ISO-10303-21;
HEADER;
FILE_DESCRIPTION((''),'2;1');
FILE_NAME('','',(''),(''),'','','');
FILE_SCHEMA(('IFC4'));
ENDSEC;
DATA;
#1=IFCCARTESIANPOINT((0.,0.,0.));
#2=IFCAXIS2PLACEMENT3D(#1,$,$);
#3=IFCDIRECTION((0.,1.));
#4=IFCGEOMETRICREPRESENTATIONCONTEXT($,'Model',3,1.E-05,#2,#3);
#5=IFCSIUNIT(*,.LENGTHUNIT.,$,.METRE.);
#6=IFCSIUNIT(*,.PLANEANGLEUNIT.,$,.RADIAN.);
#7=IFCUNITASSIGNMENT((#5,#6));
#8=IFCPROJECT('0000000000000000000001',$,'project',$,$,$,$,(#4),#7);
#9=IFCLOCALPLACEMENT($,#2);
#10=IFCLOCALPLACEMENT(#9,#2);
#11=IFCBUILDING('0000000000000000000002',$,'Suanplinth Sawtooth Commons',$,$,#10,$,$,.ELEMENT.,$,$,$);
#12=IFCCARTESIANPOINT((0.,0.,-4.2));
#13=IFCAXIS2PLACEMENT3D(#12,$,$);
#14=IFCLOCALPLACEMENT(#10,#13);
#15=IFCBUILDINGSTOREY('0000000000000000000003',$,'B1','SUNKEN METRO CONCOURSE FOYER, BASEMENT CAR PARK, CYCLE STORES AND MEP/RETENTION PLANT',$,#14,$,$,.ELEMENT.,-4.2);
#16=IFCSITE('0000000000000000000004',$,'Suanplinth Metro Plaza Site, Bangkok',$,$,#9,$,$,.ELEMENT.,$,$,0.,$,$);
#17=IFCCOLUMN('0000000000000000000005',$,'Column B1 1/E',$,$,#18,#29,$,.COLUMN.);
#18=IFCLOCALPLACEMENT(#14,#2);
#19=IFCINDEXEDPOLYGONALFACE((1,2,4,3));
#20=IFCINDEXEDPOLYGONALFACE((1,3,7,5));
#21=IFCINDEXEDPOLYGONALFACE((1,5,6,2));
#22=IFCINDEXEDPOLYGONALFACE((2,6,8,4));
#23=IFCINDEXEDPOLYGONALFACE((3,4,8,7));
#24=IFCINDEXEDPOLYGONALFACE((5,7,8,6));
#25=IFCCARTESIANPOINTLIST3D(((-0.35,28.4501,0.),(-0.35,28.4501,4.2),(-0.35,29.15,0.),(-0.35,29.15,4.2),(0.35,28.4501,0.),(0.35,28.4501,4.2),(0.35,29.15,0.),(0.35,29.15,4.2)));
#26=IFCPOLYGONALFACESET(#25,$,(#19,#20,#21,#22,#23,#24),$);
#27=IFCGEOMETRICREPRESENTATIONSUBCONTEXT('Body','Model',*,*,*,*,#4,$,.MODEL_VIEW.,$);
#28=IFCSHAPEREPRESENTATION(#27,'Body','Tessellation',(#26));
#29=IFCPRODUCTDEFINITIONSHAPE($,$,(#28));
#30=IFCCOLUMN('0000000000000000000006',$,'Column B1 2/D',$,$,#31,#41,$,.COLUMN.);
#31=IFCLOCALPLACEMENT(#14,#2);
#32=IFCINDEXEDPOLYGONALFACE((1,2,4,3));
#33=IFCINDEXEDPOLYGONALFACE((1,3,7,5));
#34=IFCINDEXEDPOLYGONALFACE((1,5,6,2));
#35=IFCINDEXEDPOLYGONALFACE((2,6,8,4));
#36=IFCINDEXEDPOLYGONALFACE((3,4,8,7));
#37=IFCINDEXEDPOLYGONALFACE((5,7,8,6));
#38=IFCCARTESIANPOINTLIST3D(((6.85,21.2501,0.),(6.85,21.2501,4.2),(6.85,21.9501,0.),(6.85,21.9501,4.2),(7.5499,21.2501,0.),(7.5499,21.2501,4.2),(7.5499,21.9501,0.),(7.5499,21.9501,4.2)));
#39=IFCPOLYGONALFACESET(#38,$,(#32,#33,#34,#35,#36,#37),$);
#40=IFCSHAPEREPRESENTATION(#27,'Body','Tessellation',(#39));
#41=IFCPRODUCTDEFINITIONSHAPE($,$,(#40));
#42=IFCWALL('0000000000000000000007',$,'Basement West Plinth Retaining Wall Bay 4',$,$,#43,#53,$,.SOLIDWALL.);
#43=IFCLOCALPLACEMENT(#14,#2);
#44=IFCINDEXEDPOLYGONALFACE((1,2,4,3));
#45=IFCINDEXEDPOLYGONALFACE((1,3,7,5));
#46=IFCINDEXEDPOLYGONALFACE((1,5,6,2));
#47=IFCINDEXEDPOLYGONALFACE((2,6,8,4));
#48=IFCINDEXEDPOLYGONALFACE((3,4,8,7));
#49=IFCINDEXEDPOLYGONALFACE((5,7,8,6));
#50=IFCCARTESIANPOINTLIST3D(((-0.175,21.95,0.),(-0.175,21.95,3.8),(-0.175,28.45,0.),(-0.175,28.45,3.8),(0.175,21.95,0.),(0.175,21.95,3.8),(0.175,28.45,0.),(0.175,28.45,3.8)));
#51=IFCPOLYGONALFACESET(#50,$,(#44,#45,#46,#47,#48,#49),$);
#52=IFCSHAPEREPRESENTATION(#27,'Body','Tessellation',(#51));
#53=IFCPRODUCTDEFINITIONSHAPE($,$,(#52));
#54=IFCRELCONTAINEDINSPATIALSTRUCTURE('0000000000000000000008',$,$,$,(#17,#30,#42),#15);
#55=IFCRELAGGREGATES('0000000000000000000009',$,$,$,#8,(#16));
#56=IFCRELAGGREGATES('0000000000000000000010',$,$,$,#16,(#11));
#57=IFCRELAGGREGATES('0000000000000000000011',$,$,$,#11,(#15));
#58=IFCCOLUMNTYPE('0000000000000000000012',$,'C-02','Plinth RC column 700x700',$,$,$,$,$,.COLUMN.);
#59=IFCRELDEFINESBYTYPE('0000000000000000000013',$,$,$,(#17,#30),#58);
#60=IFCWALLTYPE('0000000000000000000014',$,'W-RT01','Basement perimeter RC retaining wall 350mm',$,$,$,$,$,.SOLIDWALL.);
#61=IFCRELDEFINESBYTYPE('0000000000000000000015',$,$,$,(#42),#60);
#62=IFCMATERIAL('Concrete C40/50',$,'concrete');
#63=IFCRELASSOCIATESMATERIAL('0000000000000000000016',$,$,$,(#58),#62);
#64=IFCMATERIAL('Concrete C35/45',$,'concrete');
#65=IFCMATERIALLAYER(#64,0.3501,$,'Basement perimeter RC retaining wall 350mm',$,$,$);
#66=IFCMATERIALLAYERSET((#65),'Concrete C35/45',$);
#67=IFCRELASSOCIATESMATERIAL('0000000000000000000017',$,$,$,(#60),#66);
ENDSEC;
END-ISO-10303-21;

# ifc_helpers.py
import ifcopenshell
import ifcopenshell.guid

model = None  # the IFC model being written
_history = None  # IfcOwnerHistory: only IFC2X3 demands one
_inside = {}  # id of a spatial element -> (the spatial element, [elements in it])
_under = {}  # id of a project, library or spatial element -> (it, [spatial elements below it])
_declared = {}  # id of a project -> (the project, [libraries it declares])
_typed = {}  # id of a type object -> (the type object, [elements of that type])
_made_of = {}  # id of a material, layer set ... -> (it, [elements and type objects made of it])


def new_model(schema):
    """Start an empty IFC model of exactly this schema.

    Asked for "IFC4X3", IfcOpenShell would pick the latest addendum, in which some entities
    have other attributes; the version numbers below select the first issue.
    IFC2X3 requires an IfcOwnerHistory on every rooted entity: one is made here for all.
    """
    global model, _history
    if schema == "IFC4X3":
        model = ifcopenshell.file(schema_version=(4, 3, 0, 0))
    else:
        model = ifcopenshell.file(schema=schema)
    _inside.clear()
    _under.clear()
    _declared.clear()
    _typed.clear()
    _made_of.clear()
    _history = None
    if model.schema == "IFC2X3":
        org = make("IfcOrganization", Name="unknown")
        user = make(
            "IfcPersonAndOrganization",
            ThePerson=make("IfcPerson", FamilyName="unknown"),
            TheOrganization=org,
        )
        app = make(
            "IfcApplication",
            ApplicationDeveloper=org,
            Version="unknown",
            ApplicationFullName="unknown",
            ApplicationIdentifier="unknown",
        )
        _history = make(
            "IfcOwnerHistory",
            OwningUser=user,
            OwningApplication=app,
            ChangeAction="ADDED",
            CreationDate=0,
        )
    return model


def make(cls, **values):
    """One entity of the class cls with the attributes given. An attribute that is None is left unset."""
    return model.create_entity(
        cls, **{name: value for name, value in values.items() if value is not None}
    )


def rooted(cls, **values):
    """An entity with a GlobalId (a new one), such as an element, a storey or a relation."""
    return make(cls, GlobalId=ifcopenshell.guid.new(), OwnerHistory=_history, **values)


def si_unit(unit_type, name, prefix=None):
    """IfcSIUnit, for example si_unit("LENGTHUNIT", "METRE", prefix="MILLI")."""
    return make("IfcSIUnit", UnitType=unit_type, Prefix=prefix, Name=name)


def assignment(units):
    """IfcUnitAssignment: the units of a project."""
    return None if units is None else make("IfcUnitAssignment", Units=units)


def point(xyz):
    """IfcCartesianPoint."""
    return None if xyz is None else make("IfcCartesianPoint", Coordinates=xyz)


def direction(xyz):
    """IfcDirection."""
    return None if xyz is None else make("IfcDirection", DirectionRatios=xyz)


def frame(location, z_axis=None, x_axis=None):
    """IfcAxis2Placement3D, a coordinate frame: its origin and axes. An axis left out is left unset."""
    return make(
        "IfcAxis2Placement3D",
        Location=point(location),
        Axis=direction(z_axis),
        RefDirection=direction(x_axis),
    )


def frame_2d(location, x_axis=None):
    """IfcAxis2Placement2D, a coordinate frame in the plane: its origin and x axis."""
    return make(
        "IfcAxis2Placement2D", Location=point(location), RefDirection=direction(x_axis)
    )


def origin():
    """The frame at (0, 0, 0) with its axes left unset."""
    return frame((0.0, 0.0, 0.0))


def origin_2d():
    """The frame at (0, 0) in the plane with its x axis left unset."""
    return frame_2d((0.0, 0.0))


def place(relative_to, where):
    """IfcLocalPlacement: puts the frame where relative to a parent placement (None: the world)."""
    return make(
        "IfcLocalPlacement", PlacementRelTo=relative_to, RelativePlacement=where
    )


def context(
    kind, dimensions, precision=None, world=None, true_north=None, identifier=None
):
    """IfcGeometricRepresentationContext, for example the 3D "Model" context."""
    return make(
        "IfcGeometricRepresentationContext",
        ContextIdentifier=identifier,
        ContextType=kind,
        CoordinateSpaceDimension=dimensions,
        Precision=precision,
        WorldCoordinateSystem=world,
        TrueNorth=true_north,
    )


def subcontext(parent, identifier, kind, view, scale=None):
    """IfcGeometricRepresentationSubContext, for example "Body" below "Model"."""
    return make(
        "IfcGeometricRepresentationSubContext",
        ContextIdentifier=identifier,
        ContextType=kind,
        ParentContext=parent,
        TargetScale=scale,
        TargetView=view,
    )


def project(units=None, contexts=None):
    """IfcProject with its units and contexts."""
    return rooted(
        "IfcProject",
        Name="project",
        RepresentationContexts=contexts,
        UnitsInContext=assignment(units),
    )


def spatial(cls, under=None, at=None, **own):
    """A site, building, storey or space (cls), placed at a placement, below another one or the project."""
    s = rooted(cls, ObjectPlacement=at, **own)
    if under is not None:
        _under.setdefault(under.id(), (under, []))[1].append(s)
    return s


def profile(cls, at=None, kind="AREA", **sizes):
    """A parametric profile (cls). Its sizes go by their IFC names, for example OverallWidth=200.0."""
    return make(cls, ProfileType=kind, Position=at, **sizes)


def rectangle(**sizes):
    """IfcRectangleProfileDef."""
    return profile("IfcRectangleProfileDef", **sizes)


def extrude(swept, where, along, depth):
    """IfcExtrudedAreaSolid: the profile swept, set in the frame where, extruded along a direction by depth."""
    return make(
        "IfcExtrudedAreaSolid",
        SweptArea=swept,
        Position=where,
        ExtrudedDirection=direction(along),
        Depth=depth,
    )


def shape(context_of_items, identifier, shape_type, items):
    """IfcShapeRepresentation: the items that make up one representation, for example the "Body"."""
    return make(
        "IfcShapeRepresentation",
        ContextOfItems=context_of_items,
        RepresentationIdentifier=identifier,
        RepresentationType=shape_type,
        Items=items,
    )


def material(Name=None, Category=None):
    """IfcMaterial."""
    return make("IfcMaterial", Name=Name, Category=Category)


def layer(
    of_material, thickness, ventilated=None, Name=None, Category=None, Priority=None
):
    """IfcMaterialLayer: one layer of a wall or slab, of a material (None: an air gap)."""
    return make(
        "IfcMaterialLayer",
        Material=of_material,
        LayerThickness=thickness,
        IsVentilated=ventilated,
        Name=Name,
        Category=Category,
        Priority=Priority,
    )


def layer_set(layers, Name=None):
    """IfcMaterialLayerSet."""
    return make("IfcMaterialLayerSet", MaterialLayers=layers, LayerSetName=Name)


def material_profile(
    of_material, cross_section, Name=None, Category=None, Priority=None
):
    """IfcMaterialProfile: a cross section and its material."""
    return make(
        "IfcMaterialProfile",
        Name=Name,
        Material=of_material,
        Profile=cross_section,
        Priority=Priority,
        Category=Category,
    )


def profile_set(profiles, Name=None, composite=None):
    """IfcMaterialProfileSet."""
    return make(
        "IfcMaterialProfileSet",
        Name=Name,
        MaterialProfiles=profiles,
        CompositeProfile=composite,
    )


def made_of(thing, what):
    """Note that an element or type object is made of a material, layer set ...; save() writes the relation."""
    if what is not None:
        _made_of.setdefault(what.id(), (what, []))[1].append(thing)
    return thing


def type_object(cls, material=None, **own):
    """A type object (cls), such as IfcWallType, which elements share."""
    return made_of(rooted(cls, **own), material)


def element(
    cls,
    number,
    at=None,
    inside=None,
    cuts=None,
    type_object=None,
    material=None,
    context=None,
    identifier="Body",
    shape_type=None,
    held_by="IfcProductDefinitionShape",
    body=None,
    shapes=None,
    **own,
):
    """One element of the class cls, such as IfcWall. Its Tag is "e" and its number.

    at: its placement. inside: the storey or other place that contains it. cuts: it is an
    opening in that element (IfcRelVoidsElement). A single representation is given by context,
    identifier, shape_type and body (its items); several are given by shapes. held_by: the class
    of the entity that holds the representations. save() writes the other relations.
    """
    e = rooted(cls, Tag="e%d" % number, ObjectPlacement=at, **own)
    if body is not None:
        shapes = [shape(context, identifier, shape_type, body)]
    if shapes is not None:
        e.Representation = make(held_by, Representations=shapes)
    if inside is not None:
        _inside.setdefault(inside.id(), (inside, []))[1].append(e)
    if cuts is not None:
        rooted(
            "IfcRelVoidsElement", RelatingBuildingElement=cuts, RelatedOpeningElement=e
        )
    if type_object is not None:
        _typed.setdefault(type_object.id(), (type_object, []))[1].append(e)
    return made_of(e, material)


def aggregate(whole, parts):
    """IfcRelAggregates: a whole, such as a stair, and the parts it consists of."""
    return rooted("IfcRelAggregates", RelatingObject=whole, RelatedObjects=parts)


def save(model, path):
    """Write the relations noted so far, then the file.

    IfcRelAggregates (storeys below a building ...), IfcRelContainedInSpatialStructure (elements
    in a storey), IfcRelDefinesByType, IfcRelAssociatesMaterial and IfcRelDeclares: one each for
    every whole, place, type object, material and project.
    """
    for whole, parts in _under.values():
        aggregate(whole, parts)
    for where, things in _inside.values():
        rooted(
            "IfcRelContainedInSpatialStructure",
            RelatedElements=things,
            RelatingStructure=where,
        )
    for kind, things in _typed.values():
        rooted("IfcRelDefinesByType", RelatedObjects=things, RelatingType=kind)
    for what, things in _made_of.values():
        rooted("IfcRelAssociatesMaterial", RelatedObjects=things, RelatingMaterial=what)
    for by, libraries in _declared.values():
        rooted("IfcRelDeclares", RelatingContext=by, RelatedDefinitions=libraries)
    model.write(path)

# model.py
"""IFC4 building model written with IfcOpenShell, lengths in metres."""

from ifc_helpers import new_model, si_unit, direction, frame, frame_2d, origin, origin_2d, place, context, subcontext, project, spatial, rectangle, extrude, material, layer, layer_set, material_profile, profile_set, type_object, element, save


model = new_model("IFC4")

# Units and contexts
model_context = context("Model", 3, precision=1e-05, world=origin(), true_north=direction((0.0, 1.0)))
body_context = subcontext(model_context, "Body", "Model", "MODEL_VIEW")
ifc_project = project(units=[si_unit("LENGTHUNIT", "METRE"), si_unit("PLANEANGLEUNIT", "RADIAN")], contexts=[model_context])

# Site, building, storey
site_placement = place(None, origin())
site = spatial("IfcSite", under=ifc_project, at=site_placement, Name="Suanplinth Metro Plaza Site, Bangkok", CompositionType="ELEMENT", RefElevation=0.0)
building_placement = place(site_placement, origin())
building = spatial("IfcBuilding", under=site, at=building_placement, Name="Suanplinth Sawtooth Commons", CompositionType="ELEMENT")
storey_placement = place(building_placement, frame((0.0, 0.0, -4.2)))
storey = spatial("IfcBuildingStorey", under=building, at=storey_placement, Name="B1", Description="SUNKEN METRO CONCOURSE FOYER, BASEMENT CAR PARK, CYCLE STORES AND MEP/RETENTION PLANT", CompositionType="ELEMENT", Elevation=-4.2)

# Shared definitions
ifc_material_1 = material(Name="Concrete C35/45", Category="concrete")

# Columns
ifc_material_2 = material(Name="Concrete C40/50", Category="concrete")
ifc_material_profile_1 = material_profile(ifc_material_2, rectangle(XDim=0.7, YDim=0.7, at=origin_2d()), Name="RC-COL 700x700")
ifc_profile_set_1 = profile_set([ifc_material_profile_1], Name="Concrete C40/50")
column_type = type_object("IfcColumnType", Name="C-02", Description="Plinth RC column 700x700", PredefinedType="COLUMN", material=ifc_profile_set_1)
for number, where, z_axis, x_axis, name in (
    (1, (0.0, 28.8, 0.0), (0.0, 0.0, 1.0), (1.0, 0.0, 0.0), "Column B1 1/E"),
    (2, (7.2, 21.6001, 0.0), (0.0, 0.0, 1.0), (1.0, 0.0, 0.0), "Column B1 2/D"),
):
    element("IfcColumn", number, at=place(storey_placement, frame(where, z_axis=z_axis, x_axis=x_axis)), inside=storey, type_object=column_type, Name=name, PredefinedType="COLUMN", context=body_context, shape_type="SweptSolid", body=[
        extrude(rectangle(XDim=0.7, YDim=0.7, at=origin_2d()), origin(), (0.0, 0.0, 1.0), 4.2),
    ])

# Wall
ifc_layer = layer(ifc_material_1, 0.3501, Name="Basement perimeter RC retaining wall 350mm")
ifc_layer_set = layer_set([ifc_layer], Name="Concrete C35/45")
wall_type = type_object("IfcWallType", Name="W-RT01", Description="Basement perimeter RC retaining wall 350mm", PredefinedType="SOLIDWALL", material=ifc_layer_set)
wall_placement = place(storey_placement, frame((0.0, 21.95, 0.0), z_axis=(0.0, 0.0, 1.0), x_axis=(0.0, 1.0, 0.0)))
element("IfcWall", 3, at=wall_placement, inside=storey, type_object=wall_type, Name="Basement West Plinth Retaining Wall Bay 4", PredefinedType="SOLIDWALL", context=body_context, shape_type="SweptSolid", body=[
    extrude(rectangle(XDim=6.5, YDim=0.3501, at=frame_2d((3.25, 0.0))), origin(), (0.0, 0.0, 1.0), 3.8),
])

save(model, "model.ifc")
